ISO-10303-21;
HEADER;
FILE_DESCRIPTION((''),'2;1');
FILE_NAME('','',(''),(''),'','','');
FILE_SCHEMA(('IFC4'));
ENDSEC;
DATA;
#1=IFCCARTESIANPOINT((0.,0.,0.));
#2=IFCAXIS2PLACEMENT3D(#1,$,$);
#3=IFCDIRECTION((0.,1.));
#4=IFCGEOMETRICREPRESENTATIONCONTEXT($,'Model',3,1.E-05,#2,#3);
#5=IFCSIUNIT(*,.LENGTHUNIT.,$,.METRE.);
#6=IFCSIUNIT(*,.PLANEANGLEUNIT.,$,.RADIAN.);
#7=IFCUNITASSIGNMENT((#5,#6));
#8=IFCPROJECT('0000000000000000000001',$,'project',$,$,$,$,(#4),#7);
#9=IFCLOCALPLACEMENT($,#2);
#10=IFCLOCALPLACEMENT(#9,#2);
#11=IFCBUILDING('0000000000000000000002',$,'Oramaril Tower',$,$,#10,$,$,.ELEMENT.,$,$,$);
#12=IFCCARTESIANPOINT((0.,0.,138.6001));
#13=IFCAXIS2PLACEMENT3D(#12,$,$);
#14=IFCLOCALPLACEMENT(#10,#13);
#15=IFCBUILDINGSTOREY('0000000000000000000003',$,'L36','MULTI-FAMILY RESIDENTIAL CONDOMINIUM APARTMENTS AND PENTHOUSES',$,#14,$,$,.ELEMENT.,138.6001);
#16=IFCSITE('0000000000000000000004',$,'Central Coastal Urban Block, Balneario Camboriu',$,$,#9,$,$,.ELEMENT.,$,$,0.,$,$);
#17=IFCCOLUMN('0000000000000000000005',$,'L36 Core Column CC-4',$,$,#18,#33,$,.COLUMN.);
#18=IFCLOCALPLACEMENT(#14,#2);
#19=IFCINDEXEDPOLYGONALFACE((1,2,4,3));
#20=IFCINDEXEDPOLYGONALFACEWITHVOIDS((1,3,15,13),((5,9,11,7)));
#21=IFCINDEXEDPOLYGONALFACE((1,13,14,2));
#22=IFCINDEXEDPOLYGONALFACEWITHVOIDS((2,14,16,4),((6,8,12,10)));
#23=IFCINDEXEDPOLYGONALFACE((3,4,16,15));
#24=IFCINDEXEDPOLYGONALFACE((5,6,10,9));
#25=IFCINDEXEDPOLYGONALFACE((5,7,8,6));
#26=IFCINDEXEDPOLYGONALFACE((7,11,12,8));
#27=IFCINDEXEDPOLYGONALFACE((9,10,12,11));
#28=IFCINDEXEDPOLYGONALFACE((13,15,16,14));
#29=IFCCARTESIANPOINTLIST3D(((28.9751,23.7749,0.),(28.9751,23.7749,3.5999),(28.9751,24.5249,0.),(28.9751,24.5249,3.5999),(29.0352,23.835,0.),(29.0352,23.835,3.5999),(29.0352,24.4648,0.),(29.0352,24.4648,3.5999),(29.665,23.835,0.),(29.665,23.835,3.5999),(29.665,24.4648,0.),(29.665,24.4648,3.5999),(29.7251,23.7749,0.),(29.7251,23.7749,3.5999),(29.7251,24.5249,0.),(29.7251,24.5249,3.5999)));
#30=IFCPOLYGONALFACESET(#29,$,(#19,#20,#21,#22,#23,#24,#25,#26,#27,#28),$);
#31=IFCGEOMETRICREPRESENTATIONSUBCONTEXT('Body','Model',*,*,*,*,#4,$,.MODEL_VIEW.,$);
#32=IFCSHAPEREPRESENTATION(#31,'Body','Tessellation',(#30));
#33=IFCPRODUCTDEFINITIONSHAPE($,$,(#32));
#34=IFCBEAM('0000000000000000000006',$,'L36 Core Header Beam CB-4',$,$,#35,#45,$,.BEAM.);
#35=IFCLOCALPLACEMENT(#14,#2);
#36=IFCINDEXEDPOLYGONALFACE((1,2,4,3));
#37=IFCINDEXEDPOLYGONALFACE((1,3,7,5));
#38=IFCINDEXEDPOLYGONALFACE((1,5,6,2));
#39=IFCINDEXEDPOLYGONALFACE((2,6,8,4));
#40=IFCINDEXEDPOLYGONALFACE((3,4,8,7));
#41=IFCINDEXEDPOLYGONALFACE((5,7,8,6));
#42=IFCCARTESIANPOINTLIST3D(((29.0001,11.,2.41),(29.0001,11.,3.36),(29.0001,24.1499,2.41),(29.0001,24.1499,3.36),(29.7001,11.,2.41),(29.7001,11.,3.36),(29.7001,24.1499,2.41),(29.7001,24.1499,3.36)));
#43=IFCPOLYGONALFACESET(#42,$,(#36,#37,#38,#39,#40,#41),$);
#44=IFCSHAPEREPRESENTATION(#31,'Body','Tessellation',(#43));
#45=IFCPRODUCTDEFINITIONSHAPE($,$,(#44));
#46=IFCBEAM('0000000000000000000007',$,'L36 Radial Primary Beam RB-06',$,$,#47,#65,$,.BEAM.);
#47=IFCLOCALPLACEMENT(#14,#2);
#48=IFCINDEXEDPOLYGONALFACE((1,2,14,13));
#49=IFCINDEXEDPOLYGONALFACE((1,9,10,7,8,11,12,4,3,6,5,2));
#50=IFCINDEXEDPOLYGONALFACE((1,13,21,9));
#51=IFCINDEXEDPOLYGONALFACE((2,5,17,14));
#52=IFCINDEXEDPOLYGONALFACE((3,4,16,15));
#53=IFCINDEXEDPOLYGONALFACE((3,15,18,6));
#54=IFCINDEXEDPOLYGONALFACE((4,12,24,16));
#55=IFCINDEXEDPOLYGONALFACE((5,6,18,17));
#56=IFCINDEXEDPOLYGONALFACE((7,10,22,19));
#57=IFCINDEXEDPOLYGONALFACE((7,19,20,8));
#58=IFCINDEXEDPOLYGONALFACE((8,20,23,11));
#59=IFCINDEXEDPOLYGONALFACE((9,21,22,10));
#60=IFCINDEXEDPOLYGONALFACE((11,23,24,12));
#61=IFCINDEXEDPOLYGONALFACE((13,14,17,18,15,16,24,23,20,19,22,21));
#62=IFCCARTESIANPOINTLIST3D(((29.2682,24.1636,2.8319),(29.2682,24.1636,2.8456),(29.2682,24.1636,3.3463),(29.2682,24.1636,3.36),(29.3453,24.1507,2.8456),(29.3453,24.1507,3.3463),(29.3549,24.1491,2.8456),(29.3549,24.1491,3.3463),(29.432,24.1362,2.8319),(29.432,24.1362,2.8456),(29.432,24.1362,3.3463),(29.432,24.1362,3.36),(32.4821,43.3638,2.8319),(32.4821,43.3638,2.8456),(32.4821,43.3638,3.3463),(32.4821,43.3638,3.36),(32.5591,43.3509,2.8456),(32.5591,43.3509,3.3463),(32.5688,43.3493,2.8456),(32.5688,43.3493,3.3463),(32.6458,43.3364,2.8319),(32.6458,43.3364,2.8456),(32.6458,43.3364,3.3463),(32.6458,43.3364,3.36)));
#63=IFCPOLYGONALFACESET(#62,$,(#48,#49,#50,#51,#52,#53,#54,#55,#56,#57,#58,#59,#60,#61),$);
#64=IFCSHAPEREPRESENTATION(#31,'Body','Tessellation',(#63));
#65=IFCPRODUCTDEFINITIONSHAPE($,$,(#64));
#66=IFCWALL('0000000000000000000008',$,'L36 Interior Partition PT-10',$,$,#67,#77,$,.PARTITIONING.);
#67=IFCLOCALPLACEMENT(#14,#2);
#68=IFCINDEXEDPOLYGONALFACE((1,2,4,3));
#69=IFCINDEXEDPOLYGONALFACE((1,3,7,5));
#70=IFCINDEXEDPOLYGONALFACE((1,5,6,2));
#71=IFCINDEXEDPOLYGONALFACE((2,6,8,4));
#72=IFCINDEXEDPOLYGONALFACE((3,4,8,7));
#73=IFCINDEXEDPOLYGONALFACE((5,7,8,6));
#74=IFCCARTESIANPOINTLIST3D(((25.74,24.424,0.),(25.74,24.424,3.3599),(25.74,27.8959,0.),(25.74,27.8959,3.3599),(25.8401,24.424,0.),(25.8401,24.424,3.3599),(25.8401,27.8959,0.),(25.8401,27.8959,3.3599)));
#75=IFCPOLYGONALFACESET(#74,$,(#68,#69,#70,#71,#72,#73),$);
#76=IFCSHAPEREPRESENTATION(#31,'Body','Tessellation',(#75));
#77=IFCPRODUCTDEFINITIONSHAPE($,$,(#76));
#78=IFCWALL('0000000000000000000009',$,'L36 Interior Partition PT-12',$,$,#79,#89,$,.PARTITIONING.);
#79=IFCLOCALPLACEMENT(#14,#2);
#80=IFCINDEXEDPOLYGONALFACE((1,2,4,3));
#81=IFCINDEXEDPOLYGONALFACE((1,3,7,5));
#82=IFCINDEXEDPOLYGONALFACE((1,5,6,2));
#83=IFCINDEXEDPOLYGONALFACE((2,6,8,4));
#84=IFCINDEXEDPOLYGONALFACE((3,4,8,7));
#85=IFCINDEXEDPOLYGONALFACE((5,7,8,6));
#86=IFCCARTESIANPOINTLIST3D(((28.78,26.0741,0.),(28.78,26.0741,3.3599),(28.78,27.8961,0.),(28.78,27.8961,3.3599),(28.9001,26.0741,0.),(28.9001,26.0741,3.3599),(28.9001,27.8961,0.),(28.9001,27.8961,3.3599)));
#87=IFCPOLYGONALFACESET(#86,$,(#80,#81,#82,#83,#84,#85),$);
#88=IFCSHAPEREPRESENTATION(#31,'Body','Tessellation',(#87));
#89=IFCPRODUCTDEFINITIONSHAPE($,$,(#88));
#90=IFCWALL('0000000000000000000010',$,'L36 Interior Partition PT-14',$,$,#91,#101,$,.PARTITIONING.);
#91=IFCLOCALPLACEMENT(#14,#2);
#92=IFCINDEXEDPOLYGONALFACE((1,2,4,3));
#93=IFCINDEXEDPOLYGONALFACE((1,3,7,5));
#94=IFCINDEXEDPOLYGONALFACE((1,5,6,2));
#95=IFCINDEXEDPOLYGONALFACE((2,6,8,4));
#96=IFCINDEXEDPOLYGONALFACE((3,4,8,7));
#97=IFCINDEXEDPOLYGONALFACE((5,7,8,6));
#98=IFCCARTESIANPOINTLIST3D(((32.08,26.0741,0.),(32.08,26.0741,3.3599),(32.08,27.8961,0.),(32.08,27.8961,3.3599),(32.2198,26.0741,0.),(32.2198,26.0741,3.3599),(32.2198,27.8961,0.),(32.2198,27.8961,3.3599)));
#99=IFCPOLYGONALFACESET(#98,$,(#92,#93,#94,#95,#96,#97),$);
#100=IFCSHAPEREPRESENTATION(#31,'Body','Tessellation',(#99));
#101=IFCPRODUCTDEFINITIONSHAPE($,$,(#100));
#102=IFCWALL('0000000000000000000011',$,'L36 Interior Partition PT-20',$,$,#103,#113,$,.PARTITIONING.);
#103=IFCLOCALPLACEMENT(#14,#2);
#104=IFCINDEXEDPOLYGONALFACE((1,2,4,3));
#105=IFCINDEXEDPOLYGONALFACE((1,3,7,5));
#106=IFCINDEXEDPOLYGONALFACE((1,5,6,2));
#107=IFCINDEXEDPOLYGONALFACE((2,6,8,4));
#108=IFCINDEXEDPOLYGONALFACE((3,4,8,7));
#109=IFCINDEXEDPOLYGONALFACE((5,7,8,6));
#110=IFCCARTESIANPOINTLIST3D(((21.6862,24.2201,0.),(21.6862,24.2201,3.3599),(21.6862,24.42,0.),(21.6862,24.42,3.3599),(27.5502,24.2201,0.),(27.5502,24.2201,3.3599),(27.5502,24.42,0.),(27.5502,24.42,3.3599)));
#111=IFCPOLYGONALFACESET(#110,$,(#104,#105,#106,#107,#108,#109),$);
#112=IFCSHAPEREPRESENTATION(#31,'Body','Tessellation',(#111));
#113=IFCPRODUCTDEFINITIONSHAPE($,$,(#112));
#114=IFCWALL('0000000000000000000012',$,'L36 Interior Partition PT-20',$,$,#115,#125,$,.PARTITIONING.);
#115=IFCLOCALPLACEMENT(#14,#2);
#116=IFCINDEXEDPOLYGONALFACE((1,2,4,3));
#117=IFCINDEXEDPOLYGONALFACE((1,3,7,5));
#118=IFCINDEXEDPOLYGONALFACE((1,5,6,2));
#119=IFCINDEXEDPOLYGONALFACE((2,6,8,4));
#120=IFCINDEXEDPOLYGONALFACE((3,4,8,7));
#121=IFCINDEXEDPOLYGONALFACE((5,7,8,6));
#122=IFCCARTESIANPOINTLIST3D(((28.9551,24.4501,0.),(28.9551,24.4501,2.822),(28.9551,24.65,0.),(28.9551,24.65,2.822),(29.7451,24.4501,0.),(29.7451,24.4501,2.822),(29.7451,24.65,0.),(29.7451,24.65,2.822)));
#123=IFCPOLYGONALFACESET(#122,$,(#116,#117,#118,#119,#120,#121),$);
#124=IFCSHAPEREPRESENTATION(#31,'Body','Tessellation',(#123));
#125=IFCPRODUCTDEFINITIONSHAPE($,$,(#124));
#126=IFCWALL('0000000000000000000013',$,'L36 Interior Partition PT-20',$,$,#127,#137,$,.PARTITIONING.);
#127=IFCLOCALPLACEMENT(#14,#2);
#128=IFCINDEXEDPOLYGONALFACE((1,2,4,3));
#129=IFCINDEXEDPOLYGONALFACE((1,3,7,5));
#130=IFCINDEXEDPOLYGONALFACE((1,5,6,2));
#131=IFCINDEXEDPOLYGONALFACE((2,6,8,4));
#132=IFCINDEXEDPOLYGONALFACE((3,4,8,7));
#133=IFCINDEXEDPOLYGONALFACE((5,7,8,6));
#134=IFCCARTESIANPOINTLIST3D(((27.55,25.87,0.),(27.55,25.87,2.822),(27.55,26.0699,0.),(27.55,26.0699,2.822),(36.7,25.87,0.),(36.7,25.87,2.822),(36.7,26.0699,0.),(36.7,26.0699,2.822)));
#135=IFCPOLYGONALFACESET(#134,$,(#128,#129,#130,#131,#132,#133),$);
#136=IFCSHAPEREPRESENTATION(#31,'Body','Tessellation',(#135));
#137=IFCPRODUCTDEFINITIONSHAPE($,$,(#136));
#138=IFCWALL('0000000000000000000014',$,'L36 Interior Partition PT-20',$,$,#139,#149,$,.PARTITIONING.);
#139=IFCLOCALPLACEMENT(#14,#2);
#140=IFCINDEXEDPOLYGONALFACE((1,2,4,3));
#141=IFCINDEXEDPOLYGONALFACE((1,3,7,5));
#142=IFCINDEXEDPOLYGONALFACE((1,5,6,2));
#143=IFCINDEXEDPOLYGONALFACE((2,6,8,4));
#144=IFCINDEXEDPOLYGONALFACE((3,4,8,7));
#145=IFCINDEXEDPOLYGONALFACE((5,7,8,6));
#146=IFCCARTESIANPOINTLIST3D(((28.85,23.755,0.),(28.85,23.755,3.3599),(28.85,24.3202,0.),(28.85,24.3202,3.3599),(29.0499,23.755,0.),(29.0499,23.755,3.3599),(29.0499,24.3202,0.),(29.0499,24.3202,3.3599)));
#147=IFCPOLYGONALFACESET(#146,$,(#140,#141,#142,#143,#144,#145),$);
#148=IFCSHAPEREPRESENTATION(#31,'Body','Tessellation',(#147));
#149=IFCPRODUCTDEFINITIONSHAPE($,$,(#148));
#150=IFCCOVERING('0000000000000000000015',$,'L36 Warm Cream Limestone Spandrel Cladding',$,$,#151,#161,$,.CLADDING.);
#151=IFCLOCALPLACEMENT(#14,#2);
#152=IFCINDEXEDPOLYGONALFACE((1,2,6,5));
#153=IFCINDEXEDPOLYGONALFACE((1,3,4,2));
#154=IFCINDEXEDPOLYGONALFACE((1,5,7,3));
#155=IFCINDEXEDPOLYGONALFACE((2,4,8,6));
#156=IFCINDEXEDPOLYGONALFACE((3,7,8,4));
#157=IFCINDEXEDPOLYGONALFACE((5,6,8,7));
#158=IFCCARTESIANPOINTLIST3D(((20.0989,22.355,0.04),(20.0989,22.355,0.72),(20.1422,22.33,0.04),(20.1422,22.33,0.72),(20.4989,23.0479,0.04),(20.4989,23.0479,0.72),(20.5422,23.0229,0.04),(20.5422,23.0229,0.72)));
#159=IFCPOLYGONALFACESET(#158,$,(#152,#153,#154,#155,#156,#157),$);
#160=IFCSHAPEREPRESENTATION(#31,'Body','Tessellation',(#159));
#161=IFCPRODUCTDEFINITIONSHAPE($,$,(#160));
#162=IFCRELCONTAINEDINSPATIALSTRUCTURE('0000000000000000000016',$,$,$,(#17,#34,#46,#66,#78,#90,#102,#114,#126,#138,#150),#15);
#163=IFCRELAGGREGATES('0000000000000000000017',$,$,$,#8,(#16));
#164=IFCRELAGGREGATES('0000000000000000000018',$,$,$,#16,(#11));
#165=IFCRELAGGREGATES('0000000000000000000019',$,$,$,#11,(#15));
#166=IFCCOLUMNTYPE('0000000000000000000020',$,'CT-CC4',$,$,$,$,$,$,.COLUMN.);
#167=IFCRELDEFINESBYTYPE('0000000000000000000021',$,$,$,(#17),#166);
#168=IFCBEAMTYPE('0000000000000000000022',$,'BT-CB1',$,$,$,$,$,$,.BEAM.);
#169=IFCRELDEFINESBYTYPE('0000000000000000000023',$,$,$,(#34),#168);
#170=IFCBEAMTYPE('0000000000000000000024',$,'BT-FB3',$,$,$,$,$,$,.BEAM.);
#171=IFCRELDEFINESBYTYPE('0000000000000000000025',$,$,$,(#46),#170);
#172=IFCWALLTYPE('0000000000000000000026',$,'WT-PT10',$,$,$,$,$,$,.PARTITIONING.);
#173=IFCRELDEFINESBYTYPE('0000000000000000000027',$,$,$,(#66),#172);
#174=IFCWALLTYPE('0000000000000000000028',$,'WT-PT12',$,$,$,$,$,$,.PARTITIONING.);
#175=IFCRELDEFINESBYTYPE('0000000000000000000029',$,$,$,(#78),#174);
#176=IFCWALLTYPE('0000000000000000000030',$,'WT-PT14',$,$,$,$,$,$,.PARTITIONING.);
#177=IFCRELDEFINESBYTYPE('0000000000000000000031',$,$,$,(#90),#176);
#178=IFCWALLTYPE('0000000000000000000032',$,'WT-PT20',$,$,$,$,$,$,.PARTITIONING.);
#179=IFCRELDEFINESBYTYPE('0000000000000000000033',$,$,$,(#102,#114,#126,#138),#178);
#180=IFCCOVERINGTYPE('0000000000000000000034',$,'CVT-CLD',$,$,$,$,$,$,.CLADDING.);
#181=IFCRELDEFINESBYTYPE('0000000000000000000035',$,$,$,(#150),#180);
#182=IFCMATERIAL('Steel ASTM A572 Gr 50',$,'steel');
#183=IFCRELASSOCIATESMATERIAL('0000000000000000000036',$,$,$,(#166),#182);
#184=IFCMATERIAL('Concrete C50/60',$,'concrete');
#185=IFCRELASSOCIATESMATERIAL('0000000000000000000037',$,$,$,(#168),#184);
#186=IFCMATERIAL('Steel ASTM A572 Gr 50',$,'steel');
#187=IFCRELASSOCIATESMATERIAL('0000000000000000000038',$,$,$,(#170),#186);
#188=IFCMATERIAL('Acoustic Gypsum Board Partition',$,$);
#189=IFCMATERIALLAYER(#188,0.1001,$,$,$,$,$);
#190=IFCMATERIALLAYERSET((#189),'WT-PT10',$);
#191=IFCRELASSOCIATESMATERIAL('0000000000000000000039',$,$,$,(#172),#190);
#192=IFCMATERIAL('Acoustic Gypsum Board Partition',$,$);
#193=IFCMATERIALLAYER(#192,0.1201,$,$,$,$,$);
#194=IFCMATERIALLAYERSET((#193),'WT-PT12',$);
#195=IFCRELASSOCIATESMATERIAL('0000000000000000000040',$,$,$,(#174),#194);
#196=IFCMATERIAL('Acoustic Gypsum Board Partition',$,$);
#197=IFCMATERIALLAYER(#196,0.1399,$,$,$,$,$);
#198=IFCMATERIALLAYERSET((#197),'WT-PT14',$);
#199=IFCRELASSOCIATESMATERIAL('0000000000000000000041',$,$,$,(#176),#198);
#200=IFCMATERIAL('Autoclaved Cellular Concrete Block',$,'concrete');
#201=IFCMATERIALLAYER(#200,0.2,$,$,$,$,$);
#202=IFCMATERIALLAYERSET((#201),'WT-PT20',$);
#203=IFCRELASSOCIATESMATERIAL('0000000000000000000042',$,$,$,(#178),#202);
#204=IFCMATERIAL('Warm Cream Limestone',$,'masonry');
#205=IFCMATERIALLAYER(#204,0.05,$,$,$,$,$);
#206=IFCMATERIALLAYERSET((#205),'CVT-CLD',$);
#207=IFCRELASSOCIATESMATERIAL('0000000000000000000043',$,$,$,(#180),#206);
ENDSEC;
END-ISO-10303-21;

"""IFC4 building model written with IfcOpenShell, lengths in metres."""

from ifc_helpers import new_model, si_unit, direction, frame, frame_2d, origin, origin_2d, place, context, subcontext, project, spatial, rectangle, hollow_rectangle, i_section, extrude, material, layer, layer_set, material_profile, profile_set, type_object, element, save


model = new_model("IFC4")

# Units and contexts
model_context = context("Model", 3, precision=1e-05, world=origin(), true_north=direction((0.0, 1.0)))
body_context = subcontext(model_context, "Body", "Model", "MODEL_VIEW")
ifc_project = project(units=[si_unit("LENGTHUNIT", "METRE"), si_unit("PLANEANGLEUNIT", "RADIAN")], contexts=[model_context])

# Site, building, storey
site_placement = place(None, origin())
site = spatial("IfcSite", under=ifc_project, at=site_placement, Name="Central Coastal Urban Block, Balneario Camboriu", CompositionType="ELEMENT", RefElevation=0.0)
building_placement = place(site_placement, origin())
building = spatial("IfcBuilding", under=site, at=building_placement, Name="Oramaril Tower", CompositionType="ELEMENT")
storey_placement = place(building_placement, frame((0.0, 0.0, 138.6001)))
storey = spatial("IfcBuildingStorey", under=building, at=storey_placement, Name="L36", Description="MULTI-FAMILY RESIDENTIAL CONDOMINIUM APARTMENTS AND PENTHOUSES", CompositionType="ELEMENT", Elevation=138.6001)

# Column
ifc_material_1 = material(Name="Steel ASTM A572 Gr 50", Category="steel")
ifc_material_profile_1 = material_profile(ifc_material_1, hollow_rectangle(XDim=0.75, YDim=0.75, WallThickness=0.0601, at=origin_2d()), Name="BOX750X750X60")
ifc_profile_set_1 = profile_set([ifc_material_profile_1], Name="Steel ASTM A572 Gr 50")
column_type = type_object("IfcColumnType", Name="CT-CC4", PredefinedType="COLUMN", material=ifc_profile_set_1)
column_placement = place(storey_placement, frame((29.3501, 24.1499, 0.0), z_axis=(0.0, 0.0, 1.0), x_axis=(1.0, 0.0, 0.0)))
element("IfcColumn", 1, at=column_placement, inside=storey, type_object=column_type, Name="L36 Core Column CC-4", PredefinedType="COLUMN", context=body_context, shape_type="SweptSolid", body=[
    extrude(hollow_rectangle(XDim=0.75, YDim=0.75, WallThickness=0.0601, at=origin_2d()), origin(), (0.0, 0.0, 1.0), 3.5999),
])

# Beams
ifc_material_2 = material(Name="Concrete C50/60", Category="concrete")
ifc_material_profile_2 = material_profile(ifc_material_2, rectangle(XDim=0.7, YDim=0.95, at=origin_2d()), Name="CB700X950")
ifc_profile_set_2 = profile_set([ifc_material_profile_2], Name="Concrete C50/60")
beam_type_1 = type_object("IfcBeamType", Name="BT-CB1", PredefinedType="BEAM", material=ifc_profile_set_2)
beam_1_placement = place(storey_placement, frame((29.3501, 24.1499, 2.885), z_axis=(0.0, -1.0, 0.0), x_axis=(1.0, 0.0, 0.0)))
element("IfcBeam", 2, at=beam_1_placement, inside=storey, type_object=beam_type_1, Name="L36 Core Header Beam CB-4", PredefinedType="BEAM", context=body_context, shape_type="SweptSolid", body=[
    extrude(rectangle(XDim=0.7, YDim=0.95, at=origin_2d()), origin(), (0.0, 0.0, 1.0), 13.1499),
])
ifc_material_3 = material(Name="Steel ASTM A572 Gr 50", Category="steel")
ifc_material_profile_3 = material_profile(ifc_material_3, i_section(OverallWidth=0.166, OverallDepth=0.5281, WebThickness=0.0098, FlangeThickness=0.0137, at=origin_2d()), Name="W21X50")
ifc_profile_set_3 = profile_set([ifc_material_profile_3], Name="Steel ASTM A572 Gr 50")
beam_type_2 = type_object("IfcBeamType", Name="BT-FB3", PredefinedType="BEAM", material=ifc_profile_set_3)
beam_2_placement = place(storey_placement, frame((29.3501, 24.1499, 3.0959), z_axis=(0.16509, 0.986278, 0.0), x_axis=(-0.986278, 0.16509, 0.0)))
element("IfcBeam", 3, at=beam_2_placement, inside=storey, type_object=beam_type_2, Name="L36 Radial Primary Beam RB-06", PredefinedType="BEAM", context=body_context, shape_type="SweptSolid", body=[
    extrude(i_section(OverallWidth=0.166, OverallDepth=0.5281, WebThickness=0.0098, FlangeThickness=0.0137, at=origin_2d()), origin(), (0.0, 0.0, 1.0), 19.4673),
])

# Walls
ifc_material_4 = material(Name="Acoustic Gypsum Board Partition")
ifc_layer_1 = layer(ifc_material_4, 0.1001)
ifc_layer_set_1 = layer_set([ifc_layer_1], Name="WT-PT10")
wall_type_1 = type_object("IfcWallType", Name="WT-PT10", PredefinedType="PARTITIONING", material=ifc_layer_set_1)
wall_1_placement = place(storey_placement, frame((25.79, 24.4241, 0.0), z_axis=(0.0, 0.0, 1.0), x_axis=(0.0, 1.0, 0.0)))
element("IfcWall", 4, at=wall_1_placement, inside=storey, type_object=wall_type_1, Name="L36 Interior Partition PT-10", PredefinedType="PARTITIONING", context=body_context, shape_type="SweptSolid", body=[
    extrude(rectangle(XDim=3.4719, YDim=0.1001, at=frame_2d((1.7358, 0.0))), origin(), (0.0, 0.0, 1.0), 3.3599),
])
ifc_material_5 = material(Name="Acoustic Gypsum Board Partition")
ifc_layer_2 = layer(ifc_material_5, 0.1201)
ifc_layer_set_2 = layer_set([ifc_layer_2], Name="WT-PT12")
wall_type_2 = type_object("IfcWallType", Name="WT-PT12", PredefinedType="PARTITIONING", material=ifc_layer_set_2)
wall_2_placement = place(storey_placement, frame((28.8401, 26.074, 0.0), z_axis=(0.0, 0.0, 1.0), x_axis=(0.0, 1.0, 0.0)))
element("IfcWall", 5, at=wall_2_placement, inside=storey, type_object=wall_type_2, Name="L36 Interior Partition PT-12", PredefinedType="PARTITIONING", context=body_context, shape_type="SweptSolid", body=[
    extrude(rectangle(XDim=1.822, YDim=0.1201, at=frame_2d((0.9111, 0.0))), origin(), (0.0, 0.0, 1.0), 3.3599),
])

# Shared definitions
ifc_material_6 = material(Name="Acoustic Gypsum Board Partition")
ifc_layer_3 = layer(ifc_material_6, 0.1399)
ifc_layer_set_3 = layer_set([ifc_layer_3], Name="WT-PT14")
wall_type_3 = type_object("IfcWallType", Name="WT-PT14", PredefinedType="PARTITIONING", material=ifc_layer_set_3)

# Walls
wall_3_placement = place(storey_placement, frame((32.1499, 26.074, 0.0), z_axis=(0.0, 0.0, 1.0), x_axis=(0.0, 1.0, 0.0)))
element("IfcWall", 6, at=wall_3_placement, inside=storey, type_object=wall_type_3, Name="L36 Interior Partition PT-14", PredefinedType="PARTITIONING", context=body_context, shape_type="SweptSolid", body=[
    extrude(rectangle(XDim=1.822, YDim=0.1399, at=frame_2d((0.9111, 0.0))), origin(), (0.0, 0.0, 1.0), 3.3599),
])
ifc_material_7 = material(Name="Autoclaved Cellular Concrete Block", Category="concrete")
ifc_layer_4 = layer(ifc_material_7, 0.2)
ifc_layer_set_4 = layer_set([ifc_layer_4], Name="WT-PT20")
wall_type_4 = type_object("IfcWallType", Name="WT-PT20", PredefinedType="PARTITIONING", material=ifc_layer_set_4)
wall_4_placement = place(storey_placement, frame((21.686, 24.3201, 0.0), z_axis=(0.0, 0.0, 1.0), x_axis=(1.0, 0.0, 0.0)))
element("IfcWall", 7, at=wall_4_placement, inside=storey, type_object=wall_type_4, Name="L36 Interior Partition PT-20", PredefinedType="PARTITIONING", context=body_context, shape_type="SweptSolid", body=[
    extrude(rectangle(XDim=5.864, YDim=0.2, at=frame_2d((2.9321, 0.0))), origin(), (0.0, 0.0, 1.0), 3.3599),
])
wall_5_placement = place(storey_placement, frame((28.9551, 24.55, 0.0), z_axis=(0.0, 0.0, 1.0), x_axis=(1.0, 0.0, 0.0)))
element("IfcWall", 8, at=wall_5_placement, inside=storey, type_object=wall_type_4, Name="L36 Interior Partition PT-20", PredefinedType="PARTITIONING", context=body_context, shape_type="SweptSolid", body=[
    extrude(rectangle(XDim=0.79, YDim=0.2, at=frame_2d((0.395, 0.0))), origin(), (0.0, 0.0, 1.0), 2.822),
])
wall_6_placement = place(storey_placement, frame((27.55, 25.97, 0.0), z_axis=(0.0, 0.0, 1.0), x_axis=(1.0, 0.0, 0.0)))
element("IfcWall", 9, at=wall_6_placement, inside=storey, type_object=wall_type_4, Name="L36 Interior Partition PT-20", PredefinedType="PARTITIONING", context=body_context, shape_type="SweptSolid", body=[
    extrude(rectangle(XDim=9.1499, YDim=0.2, at=frame_2d((4.575, 0.0))), origin(), (0.0, 0.0, 1.0), 2.822),
])
wall_7_placement = place(storey_placement, frame((28.95, 23.7549, 0.0), z_axis=(0.0, 0.0, 1.0), x_axis=(0.0, 1.0, 0.0)))
element("IfcWall", 10, at=wall_7_placement, inside=storey, type_object=wall_type_4, Name="L36 Interior Partition PT-20", PredefinedType="PARTITIONING", context=body_context, shape_type="SweptSolid", body=[
    extrude(rectangle(XDim=0.5652, YDim=0.2, at=frame_2d((0.2827, 0.0))), origin(), (0.0, 0.0, 1.0), 3.3599),
])

# Covering
ifc_material_8 = material(Name="Warm Cream Limestone", Category="masonry")
ifc_layer_5 = layer(ifc_material_8, 0.05)
ifc_layer_set_5 = layer_set([ifc_layer_5], Name="CVT-CLD")
covering_type = type_object("IfcCoveringType", Name="CVT-CLD", PredefinedType="CLADDING", material=ifc_layer_set_5)
covering_placement = place(storey_placement, frame((20.3206, 22.689, 0.04), z_axis=(0.0, 0.0, 1.0), x_axis=(-0.5, -0.866025, 0.0)))
element("IfcCovering", 11, at=covering_placement, inside=storey, type_object=covering_type, Name="L36 Warm Cream Limestone Spandrel Cladding", PredefinedType="CLADDING", context=body_context, shape_type="SweptSolid", body=[
    extrude(rectangle(XDim=0.8, YDim=0.05, at=origin_2d()), origin(), (0.0, 0.0, 1.0), 0.6799),
])

save(model, "model.ifc")
